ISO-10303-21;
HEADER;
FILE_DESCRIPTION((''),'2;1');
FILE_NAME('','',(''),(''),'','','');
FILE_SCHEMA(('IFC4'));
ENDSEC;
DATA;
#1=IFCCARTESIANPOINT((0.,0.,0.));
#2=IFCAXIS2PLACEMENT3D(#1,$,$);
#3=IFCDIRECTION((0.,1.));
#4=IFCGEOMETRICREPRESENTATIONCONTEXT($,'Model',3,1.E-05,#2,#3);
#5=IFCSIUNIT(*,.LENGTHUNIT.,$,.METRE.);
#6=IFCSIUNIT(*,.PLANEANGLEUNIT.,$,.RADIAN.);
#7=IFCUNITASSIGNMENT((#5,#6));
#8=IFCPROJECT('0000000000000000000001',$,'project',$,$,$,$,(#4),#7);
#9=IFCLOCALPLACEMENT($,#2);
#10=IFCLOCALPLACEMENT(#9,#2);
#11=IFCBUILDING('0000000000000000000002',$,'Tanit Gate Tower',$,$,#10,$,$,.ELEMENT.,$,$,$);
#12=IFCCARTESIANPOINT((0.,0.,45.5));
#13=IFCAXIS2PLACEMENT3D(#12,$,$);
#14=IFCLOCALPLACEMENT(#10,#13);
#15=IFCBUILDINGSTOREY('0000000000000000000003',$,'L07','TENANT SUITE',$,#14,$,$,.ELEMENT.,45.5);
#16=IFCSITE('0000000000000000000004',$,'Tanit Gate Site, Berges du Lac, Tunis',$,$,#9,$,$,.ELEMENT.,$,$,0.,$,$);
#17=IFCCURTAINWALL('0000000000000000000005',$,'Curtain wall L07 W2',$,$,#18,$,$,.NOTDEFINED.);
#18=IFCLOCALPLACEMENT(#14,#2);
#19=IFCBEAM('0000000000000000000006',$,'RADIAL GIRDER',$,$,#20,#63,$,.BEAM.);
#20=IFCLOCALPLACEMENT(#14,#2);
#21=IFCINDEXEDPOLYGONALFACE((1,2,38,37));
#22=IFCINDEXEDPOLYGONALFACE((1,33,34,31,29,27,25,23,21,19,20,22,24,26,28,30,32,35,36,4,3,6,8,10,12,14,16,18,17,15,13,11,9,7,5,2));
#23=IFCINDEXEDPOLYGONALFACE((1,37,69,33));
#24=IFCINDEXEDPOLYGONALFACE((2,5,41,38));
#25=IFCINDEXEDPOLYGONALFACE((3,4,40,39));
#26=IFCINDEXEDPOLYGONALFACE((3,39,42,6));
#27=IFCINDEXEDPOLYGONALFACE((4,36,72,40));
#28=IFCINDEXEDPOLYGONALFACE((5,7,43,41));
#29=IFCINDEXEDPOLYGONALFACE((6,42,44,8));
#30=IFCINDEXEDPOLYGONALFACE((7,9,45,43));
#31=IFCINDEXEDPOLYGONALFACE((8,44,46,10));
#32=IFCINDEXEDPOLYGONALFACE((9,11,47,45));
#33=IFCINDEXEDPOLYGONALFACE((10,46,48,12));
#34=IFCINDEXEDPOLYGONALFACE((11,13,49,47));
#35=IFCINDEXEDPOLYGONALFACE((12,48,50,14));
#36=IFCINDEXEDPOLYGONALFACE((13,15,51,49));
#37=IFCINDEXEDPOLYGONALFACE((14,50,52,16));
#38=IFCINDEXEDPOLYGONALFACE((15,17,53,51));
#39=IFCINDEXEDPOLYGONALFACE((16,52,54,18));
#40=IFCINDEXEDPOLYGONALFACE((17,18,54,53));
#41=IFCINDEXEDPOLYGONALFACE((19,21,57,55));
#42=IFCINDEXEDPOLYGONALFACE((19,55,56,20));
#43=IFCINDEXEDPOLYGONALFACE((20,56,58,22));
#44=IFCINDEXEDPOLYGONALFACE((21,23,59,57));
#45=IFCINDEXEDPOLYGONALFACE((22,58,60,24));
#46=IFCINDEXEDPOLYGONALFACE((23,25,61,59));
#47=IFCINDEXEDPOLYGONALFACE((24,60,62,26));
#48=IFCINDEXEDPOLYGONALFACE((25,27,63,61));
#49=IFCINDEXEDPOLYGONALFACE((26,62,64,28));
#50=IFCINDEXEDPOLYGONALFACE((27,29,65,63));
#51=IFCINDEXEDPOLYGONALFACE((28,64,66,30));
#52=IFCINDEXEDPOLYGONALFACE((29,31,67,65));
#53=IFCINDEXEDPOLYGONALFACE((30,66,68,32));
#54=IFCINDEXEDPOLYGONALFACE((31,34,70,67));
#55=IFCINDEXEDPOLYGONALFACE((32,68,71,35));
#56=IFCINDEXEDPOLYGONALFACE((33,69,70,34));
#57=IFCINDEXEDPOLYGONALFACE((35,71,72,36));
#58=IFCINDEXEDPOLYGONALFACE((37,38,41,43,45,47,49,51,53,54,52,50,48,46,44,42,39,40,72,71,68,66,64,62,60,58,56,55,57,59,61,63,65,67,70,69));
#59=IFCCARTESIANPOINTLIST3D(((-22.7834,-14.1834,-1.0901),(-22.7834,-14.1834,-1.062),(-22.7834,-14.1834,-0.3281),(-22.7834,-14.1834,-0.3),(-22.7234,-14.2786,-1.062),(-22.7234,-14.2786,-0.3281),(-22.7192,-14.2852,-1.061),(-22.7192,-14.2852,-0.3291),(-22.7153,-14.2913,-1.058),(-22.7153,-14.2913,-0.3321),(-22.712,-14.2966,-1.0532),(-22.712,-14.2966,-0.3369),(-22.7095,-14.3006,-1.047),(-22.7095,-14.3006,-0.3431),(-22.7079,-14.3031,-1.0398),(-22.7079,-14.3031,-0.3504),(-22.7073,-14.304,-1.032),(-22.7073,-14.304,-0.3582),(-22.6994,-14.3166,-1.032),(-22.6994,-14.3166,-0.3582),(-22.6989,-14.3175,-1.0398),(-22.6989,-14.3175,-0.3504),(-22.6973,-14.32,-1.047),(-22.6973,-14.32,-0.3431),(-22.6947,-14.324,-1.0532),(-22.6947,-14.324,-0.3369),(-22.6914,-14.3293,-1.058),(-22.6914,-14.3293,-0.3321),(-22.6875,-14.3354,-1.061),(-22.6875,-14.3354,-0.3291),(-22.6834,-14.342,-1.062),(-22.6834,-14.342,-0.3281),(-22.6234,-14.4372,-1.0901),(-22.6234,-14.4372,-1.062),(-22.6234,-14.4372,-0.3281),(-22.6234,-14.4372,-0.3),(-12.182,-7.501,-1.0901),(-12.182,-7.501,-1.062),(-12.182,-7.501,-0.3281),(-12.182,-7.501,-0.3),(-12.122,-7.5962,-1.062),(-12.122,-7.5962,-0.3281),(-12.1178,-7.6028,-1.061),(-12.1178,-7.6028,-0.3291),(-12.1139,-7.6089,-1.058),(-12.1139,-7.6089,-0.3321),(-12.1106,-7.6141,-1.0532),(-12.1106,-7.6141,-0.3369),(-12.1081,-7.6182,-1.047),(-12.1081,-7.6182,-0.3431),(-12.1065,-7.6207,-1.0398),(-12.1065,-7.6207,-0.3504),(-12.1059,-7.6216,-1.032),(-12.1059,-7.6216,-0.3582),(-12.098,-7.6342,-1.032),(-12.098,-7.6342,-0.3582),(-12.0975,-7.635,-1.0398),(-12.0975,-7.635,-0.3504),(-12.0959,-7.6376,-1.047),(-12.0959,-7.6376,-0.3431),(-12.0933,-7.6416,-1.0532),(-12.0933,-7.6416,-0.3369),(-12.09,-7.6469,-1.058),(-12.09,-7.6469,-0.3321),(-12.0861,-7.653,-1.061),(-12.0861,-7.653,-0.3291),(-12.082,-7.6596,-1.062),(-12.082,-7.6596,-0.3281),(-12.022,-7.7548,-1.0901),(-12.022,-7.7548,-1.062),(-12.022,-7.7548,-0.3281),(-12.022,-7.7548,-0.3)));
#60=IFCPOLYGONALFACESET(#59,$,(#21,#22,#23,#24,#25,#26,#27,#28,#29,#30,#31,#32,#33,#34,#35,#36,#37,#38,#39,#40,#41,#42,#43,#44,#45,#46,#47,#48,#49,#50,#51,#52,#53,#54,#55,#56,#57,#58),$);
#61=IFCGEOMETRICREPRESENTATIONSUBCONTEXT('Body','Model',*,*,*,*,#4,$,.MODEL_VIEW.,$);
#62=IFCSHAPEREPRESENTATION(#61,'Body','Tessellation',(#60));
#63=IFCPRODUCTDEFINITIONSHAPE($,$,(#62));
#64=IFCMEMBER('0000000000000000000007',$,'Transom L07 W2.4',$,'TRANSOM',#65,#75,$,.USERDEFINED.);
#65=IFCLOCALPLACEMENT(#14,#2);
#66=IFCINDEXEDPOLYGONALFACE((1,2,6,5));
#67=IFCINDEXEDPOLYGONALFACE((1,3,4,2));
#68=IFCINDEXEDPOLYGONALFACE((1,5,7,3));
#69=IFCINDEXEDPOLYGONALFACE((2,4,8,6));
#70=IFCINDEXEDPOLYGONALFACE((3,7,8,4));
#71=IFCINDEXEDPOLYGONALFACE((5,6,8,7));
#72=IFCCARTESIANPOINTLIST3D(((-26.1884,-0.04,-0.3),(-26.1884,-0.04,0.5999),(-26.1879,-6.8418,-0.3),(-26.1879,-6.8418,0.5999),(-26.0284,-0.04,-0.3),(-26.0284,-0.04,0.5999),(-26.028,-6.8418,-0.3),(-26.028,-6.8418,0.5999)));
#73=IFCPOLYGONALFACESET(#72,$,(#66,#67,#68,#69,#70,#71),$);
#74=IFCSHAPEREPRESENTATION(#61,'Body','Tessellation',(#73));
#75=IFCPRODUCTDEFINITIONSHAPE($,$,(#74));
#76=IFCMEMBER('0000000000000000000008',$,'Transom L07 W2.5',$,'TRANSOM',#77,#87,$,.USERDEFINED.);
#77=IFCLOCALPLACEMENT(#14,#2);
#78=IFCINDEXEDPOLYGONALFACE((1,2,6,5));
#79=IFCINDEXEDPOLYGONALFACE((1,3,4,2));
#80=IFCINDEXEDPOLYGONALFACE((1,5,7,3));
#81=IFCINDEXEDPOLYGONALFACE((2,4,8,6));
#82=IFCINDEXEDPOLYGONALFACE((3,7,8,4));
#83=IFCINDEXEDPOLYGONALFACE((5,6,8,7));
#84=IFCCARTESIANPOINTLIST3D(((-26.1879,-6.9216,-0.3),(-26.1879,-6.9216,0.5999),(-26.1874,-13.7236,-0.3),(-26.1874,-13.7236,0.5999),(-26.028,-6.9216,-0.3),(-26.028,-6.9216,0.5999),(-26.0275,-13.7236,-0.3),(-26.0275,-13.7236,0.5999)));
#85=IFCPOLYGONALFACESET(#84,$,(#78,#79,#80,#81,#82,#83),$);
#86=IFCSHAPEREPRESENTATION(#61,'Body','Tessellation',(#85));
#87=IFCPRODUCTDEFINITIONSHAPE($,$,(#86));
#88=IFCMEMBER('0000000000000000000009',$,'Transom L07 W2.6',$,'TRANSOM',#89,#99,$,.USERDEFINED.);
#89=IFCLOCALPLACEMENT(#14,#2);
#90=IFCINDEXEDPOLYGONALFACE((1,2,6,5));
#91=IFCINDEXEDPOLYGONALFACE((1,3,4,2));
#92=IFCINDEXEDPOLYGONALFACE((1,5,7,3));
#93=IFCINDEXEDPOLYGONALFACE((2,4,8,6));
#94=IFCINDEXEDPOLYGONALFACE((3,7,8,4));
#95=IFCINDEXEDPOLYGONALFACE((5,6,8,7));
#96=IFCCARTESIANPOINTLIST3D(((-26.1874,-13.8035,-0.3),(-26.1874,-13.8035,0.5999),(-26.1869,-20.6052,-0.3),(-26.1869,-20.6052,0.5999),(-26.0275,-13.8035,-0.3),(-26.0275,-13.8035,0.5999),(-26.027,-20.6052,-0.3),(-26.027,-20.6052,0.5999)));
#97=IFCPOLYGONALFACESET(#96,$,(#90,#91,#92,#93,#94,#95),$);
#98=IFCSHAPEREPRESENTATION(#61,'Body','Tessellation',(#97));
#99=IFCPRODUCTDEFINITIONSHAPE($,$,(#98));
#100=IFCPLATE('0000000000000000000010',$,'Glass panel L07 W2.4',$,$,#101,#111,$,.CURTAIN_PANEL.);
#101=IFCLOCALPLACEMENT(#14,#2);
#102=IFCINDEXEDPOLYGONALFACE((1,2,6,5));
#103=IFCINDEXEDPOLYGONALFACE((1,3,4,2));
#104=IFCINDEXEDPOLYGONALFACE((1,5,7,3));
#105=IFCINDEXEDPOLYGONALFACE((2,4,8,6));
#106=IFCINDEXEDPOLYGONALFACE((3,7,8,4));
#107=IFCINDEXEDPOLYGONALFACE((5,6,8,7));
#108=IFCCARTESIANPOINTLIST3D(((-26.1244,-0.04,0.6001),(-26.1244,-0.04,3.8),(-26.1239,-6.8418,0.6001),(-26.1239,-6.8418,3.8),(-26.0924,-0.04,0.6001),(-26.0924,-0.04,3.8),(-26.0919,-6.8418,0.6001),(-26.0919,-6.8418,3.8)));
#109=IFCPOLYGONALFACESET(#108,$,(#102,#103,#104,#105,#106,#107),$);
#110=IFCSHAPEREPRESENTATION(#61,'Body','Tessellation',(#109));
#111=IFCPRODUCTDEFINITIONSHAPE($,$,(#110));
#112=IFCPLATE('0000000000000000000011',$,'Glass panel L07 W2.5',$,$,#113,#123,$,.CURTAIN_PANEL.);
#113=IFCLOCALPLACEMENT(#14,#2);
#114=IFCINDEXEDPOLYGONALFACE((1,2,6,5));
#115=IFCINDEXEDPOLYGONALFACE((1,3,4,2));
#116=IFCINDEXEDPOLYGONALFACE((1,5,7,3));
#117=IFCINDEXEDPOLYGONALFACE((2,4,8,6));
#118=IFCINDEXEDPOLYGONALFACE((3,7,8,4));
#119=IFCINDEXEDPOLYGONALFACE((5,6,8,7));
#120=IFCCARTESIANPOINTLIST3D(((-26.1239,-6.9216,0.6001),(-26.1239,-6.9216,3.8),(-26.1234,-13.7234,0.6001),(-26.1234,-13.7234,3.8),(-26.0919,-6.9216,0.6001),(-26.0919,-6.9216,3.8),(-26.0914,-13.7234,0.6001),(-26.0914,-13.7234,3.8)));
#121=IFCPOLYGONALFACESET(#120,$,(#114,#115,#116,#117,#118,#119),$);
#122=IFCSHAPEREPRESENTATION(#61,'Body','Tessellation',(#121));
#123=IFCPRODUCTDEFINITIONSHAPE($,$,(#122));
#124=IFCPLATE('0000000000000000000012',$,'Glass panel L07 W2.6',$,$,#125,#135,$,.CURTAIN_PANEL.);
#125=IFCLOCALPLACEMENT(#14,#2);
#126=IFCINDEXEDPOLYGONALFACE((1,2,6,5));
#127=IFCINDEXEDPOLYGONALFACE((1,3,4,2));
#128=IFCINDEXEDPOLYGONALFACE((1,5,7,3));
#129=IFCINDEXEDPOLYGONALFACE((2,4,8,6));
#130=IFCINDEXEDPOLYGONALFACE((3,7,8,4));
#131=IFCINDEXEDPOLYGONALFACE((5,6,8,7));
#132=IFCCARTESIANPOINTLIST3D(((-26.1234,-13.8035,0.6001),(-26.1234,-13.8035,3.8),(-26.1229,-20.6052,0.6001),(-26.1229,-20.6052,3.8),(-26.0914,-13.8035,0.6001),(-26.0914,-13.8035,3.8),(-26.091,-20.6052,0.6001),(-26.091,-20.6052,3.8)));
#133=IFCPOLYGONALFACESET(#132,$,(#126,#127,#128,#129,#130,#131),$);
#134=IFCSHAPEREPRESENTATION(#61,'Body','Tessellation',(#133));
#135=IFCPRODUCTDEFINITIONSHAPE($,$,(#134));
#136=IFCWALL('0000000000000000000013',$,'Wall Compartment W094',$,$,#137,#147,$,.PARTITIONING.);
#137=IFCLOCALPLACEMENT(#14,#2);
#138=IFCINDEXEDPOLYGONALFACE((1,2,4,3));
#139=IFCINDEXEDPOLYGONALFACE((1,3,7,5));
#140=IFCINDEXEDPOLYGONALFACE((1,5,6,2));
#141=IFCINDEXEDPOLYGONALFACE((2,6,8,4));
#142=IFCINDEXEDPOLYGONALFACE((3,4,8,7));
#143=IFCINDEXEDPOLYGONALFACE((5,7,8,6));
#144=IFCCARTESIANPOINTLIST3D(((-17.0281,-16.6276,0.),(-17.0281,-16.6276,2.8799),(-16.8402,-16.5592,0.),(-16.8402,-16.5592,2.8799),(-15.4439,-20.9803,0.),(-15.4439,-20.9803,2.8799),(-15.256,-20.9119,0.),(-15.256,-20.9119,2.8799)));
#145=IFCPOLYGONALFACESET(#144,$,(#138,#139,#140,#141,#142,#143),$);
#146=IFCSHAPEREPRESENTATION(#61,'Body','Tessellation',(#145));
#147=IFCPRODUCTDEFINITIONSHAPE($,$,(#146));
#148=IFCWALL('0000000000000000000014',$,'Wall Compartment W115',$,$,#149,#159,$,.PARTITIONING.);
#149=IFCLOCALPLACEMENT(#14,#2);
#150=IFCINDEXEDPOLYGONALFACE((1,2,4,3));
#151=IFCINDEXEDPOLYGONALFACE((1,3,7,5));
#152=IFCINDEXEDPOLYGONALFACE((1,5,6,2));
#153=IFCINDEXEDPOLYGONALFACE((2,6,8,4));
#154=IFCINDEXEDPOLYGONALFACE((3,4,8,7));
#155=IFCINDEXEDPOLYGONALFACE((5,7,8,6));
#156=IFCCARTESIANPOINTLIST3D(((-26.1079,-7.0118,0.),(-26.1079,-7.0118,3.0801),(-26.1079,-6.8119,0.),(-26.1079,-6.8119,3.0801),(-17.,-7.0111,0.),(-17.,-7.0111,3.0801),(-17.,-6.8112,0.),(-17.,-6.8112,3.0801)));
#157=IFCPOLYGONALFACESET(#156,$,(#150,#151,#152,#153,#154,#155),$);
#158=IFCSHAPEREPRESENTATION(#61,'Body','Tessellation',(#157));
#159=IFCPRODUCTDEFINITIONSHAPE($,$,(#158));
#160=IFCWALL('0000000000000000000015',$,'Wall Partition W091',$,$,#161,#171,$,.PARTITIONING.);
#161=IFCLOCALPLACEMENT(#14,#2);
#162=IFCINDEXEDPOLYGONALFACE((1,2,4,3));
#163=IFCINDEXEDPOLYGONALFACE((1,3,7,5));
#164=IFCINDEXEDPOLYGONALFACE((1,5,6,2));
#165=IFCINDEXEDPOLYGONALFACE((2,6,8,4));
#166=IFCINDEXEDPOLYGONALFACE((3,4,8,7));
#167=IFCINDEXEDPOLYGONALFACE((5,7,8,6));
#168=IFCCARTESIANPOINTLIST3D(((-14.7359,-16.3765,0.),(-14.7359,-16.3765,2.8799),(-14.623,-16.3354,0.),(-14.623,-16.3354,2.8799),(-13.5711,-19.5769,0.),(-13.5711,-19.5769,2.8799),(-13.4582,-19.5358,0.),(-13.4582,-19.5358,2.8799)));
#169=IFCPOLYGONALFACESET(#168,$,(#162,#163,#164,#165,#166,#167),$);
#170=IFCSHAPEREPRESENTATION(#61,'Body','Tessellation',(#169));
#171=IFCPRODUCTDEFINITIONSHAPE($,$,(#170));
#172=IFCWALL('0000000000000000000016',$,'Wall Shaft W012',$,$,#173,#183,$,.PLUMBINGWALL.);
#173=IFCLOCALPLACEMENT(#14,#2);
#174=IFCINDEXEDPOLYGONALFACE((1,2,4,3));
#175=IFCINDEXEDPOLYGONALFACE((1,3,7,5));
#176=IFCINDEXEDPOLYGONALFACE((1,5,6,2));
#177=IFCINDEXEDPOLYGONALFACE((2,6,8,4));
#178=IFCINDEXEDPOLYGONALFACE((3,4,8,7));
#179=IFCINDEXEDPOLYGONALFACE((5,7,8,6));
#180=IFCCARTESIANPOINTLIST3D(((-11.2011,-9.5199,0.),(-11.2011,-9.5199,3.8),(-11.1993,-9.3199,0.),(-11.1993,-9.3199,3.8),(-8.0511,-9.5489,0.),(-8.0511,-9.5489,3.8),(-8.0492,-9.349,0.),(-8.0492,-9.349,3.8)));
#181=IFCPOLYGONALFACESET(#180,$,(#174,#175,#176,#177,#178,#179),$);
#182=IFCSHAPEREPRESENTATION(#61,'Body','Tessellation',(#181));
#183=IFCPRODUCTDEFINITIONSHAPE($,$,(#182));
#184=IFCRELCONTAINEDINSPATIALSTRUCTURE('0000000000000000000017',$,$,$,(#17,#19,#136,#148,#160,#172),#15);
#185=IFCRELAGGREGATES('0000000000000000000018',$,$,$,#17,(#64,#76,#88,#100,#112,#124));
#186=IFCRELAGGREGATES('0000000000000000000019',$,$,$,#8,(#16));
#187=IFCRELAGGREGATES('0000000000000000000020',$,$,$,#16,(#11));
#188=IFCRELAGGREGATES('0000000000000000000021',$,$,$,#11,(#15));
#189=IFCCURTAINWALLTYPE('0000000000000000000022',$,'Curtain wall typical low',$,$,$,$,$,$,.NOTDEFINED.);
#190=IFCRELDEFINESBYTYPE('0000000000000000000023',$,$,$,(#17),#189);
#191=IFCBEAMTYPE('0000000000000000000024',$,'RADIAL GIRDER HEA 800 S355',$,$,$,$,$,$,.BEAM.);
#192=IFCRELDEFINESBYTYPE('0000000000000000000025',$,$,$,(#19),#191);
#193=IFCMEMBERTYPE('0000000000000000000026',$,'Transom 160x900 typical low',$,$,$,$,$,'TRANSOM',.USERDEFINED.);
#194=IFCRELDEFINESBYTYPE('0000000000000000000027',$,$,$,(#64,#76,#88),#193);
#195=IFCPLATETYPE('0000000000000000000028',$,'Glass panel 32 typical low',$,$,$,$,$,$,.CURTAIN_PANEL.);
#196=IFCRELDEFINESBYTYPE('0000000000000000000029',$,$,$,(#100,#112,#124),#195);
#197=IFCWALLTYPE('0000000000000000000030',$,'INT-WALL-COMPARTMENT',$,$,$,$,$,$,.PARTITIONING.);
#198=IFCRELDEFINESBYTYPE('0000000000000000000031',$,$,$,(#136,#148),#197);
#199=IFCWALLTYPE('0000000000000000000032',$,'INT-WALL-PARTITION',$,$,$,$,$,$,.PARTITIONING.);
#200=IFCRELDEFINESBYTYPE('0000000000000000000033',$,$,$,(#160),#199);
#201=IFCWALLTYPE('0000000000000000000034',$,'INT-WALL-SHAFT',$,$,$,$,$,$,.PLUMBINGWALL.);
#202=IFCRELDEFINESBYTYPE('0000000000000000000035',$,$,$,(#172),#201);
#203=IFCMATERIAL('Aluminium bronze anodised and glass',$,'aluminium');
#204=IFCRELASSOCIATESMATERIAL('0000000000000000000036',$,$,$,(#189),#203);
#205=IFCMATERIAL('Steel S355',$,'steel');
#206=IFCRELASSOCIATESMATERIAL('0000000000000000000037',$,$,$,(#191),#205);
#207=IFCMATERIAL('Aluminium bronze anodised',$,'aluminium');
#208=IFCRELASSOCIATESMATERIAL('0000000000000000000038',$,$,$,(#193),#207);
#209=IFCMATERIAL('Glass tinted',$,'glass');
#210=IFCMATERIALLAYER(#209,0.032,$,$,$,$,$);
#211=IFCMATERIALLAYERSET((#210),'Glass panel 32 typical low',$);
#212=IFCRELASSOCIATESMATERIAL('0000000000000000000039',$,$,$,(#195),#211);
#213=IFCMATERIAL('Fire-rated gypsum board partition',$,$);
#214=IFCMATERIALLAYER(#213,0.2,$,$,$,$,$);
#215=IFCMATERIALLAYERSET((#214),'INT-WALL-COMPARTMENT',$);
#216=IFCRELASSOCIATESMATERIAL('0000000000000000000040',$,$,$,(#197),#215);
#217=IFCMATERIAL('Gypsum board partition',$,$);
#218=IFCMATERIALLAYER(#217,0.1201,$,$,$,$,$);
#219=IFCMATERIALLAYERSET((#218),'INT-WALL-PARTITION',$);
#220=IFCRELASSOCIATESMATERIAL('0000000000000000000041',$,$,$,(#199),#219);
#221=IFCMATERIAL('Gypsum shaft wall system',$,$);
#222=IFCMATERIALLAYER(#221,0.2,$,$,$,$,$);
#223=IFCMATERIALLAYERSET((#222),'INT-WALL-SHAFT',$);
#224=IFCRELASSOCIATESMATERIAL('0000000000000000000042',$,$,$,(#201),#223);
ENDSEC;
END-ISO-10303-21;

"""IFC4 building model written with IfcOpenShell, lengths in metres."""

from ifc_helpers import new_model, si_unit, direction, frame, frame_2d, origin, origin_2d, place, context, subcontext, project, spatial, rectangle, i_section, extrude, material, layer, layer_set, material_profile, profile_set, type_object, element, aggregate, save


model = new_model("IFC4")

# Units and contexts
model_context = context("Model", 3, precision=1e-05, world=origin(), true_north=direction((0.0, 1.0)))
body_context = subcontext(model_context, "Body", "Model", "MODEL_VIEW")
ifc_project = project(units=[si_unit("LENGTHUNIT", "METRE"), si_unit("PLANEANGLEUNIT", "RADIAN")], contexts=[model_context])

# Site, building, storey
site_placement = place(None, origin())
site = spatial("IfcSite", under=ifc_project, at=site_placement, Name="Tanit Gate Site, Berges du Lac, Tunis", CompositionType="ELEMENT", RefElevation=0.0)
building_placement = place(site_placement, origin())
building = spatial("IfcBuilding", under=site, at=building_placement, Name="Tanit Gate Tower", CompositionType="ELEMENT")
storey_placement = place(building_placement, frame((0.0, 0.0, 45.5)))
storey = spatial("IfcBuildingStorey", under=building, at=storey_placement, Name="L07", Description="TENANT SUITE", CompositionType="ELEMENT", Elevation=45.5)

# Curtain wall
ifc_material_1 = material(Name="Aluminium bronze anodised and glass", Category="aluminium")
curtain_wall_type = type_object("IfcCurtainWallType", Name="Curtain wall typical low", PredefinedType="NOTDEFINED", material=ifc_material_1)
curtain_wall_placement = place(storey_placement, origin())
curtain_wall = element("IfcCurtainWall", 1, at=curtain_wall_placement, inside=storey, type_object=curtain_wall_type, Name="Curtain wall L07 W2", PredefinedType="NOTDEFINED")

# Beam
ifc_material_2 = material(Name="Steel S355", Category="steel")
ifc_material_profile_1 = material_profile(ifc_material_2, i_section(OverallWidth=0.3, OverallDepth=0.79, WebThickness=0.0149, FlangeThickness=0.0281, FilletRadius=0.03, at=origin_2d()), Name="HEA 800")
ifc_profile_set_1 = profile_set([ifc_material_profile_1], Name="Steel S355")
beam_type_1 = type_object("IfcBeamType", Name="RADIAL GIRDER HEA 800 S355", PredefinedType="BEAM", material=ifc_profile_set_1)
beam_1_placement = place(storey_placement, frame((-22.7034, -14.3103, -0.6951), z_axis=(0.845964, 0.53324, 0.0), x_axis=(-0.53324, 0.845964, 0.0)))
element("IfcBeam", 2, at=beam_1_placement, inside=storey, type_object=beam_type_1, Name="RADIAL GIRDER", PredefinedType="BEAM", context=body_context, shape_type="SweptSolid", body=[
    extrude(i_section(OverallWidth=0.3, OverallDepth=0.79, WebThickness=0.0149, FlangeThickness=0.0281, FilletRadius=0.03, at=origin_2d()), origin(), (0.0, 0.0, 1.0), 12.5317),
])

# Members
ifc_material_3 = material(Name="Aluminium bronze anodised", Category="aluminium")
ifc_material_profile_2 = material_profile(ifc_material_3, rectangle(XDim=0.1599, YDim=0.8999, at=origin_2d()), Name="160x900 bronze transom")
ifc_profile_set_2 = profile_set([ifc_material_profile_2], Name="Aluminium bronze anodised")
member_type_1 = type_object("IfcMemberType", Name="Transom 160x900 typical low", ElementType="TRANSOM", PredefinedType="USERDEFINED", material=ifc_profile_set_2)
member_1_placement = place(storey_placement, frame((-26.1084, -0.04, 0.1499), z_axis=(0.000072, -1.0, 0.0), x_axis=(1.0, 0.000072, 0.0)))
member_1 = element("IfcMember", 3, at=member_1_placement, type_object=member_type_1, Name="Transom L07 W2.4", ObjectType="TRANSOM", PredefinedType="USERDEFINED", context=body_context, shape_type="SweptSolid", body=[
    extrude(rectangle(XDim=0.1599, YDim=0.8999, at=origin_2d()), origin(), (0.0, 0.0, 1.0), 6.8018),
])
member_2_placement = place(storey_placement, frame((-26.1079, -6.9216, 0.1499), z_axis=(0.000072, -1.0, 0.0), x_axis=(1.0, 0.000072, 0.0)))
member_2 = element("IfcMember", 4, at=member_2_placement, type_object=member_type_1, Name="Transom L07 W2.5", ObjectType="TRANSOM", PredefinedType="USERDEFINED", context=body_context, shape_type="SweptSolid", body=[
    extrude(rectangle(XDim=0.1599, YDim=0.8999, at=origin_2d()), origin(), (0.0, 0.0, 1.0), 6.802),
])
member_3_placement = place(storey_placement, frame((-26.1074, -13.8035, 0.1499), z_axis=(0.000072, -1.0, 0.0), x_axis=(1.0, 0.000072, 0.0)))
member_3 = element("IfcMember", 5, at=member_3_placement, type_object=member_type_1, Name="Transom L07 W2.6", ObjectType="TRANSOM", PredefinedType="USERDEFINED", context=body_context, shape_type="SweptSolid", body=[
    extrude(rectangle(XDim=0.1599, YDim=0.8999, at=origin_2d()), origin(), (0.0, 0.0, 1.0), 6.8018),
])

# Plates
ifc_material_4 = material(Name="Glass tinted", Category="glass")
ifc_layer_1 = layer(ifc_material_4, 0.032)
ifc_layer_set_1 = layer_set([ifc_layer_1], Name="Glass panel 32 typical low")
plate_type = type_object("IfcPlateType", Name="Glass panel 32 typical low", PredefinedType="CURTAIN_PANEL", material=ifc_layer_set_1)
plate_1_placement = place(storey_placement, frame((-26.1082, -3.4409, 0.6001), z_axis=(0.0, 0.0, 1.0), x_axis=(0.000069, -1.0, 0.0)))
plate_1 = element("IfcPlate", 6, at=plate_1_placement, type_object=plate_type, Name="Glass panel L07 W2.4", PredefinedType="CURTAIN_PANEL", context=body_context, shape_type="SweptSolid", body=[
    extrude(rectangle(XDim=6.8018, YDim=0.032, at=origin_2d()), origin(), (0.0, 0.0, 1.0), 3.2),
])
plate_2_placement = place(storey_placement, frame((-26.1077, -10.3225, 0.6001), z_axis=(0.0, 0.0, 1.0), x_axis=(0.000069, -1.0, 0.0)))
plate_2 = element("IfcPlate", 7, at=plate_2_placement, type_object=plate_type, Name="Glass panel L07 W2.5", PredefinedType="CURTAIN_PANEL", context=body_context, shape_type="SweptSolid", body=[
    extrude(rectangle(XDim=6.8018, YDim=0.032, at=origin_2d()), origin(), (0.0, 0.0, 1.0), 3.2),
])
plate_3_placement = place(storey_placement, frame((-26.1072, -17.2043, 0.6001), z_axis=(0.0, 0.0, 1.0), x_axis=(0.000069, -1.0, 0.0)))
plate_3 = element("IfcPlate", 8, at=plate_3_placement, type_object=plate_type, Name="Glass panel L07 W2.6", PredefinedType="CURTAIN_PANEL", context=body_context, shape_type="SweptSolid", body=[
    extrude(rectangle(XDim=6.8018, YDim=0.032, at=origin_2d()), origin(), (0.0, 0.0, 1.0), 3.2),
])
aggregate(curtain_wall, [member_1, member_2, member_3, plate_1, plate_2, plate_3])

# Walls
ifc_material_5 = material(Name="Fire-rated gypsum board partition")
ifc_layer_2 = layer(ifc_material_5, 0.2)
ifc_layer_set_2 = layer_set([ifc_layer_2], Name="INT-WALL-COMPARTMENT")
wall_type_1 = type_object("IfcWallType", Name="INT-WALL-COMPARTMENT", PredefinedType="PARTITIONING", material=ifc_layer_set_2)
wall_1_placement = place(storey_placement, frame((-16.9341, -16.5935, 0.0), z_axis=(0.0, 0.0, 1.0), x_axis=(0.34201, -0.939696, 0.0)))
element("IfcWall", 9, at=wall_1_placement, inside=storey, type_object=wall_type_1, Name="Wall Compartment W094", PredefinedType="PARTITIONING", context=body_context, shape_type="SweptSolid", body=[
    extrude(rectangle(XDim=4.6321, YDim=0.2, at=frame_2d((2.3159, 0.0))), origin(), (0.0, 0.0, 1.0), 2.8799),
])
wall_2_placement = place(storey_placement, frame((-17.0, -6.9111, 0.0), z_axis=(0.0, 0.0, 1.0), x_axis=(-1.0, -0.00008, 0.0)))
element("IfcWall", 10, at=wall_2_placement, inside=storey, type_object=wall_type_1, Name="Wall Compartment W115", PredefinedType="PARTITIONING", context=body_context, shape_type="SweptSolid", body=[
    extrude(rectangle(XDim=9.1079, YDim=0.2, at=frame_2d((4.554, 0.0))), origin(), (0.0, 0.0, 1.0), 3.0801),
])
ifc_material_6 = material(Name="Gypsum board partition")
ifc_layer_3 = layer(ifc_material_6, 0.1201)
ifc_layer_set_3 = layer_set([ifc_layer_3], Name="INT-WALL-PARTITION")
wall_type_2 = type_object("IfcWallType", Name="INT-WALL-PARTITION", PredefinedType="PARTITIONING", material=ifc_layer_set_3)
wall_3_placement = place(storey_placement, frame((-14.6794, -16.356, 0.0), z_axis=(0.0, 0.0, 1.0), x_axis=(0.342002, -0.939699, 0.0)))
element("IfcWall", 11, at=wall_3_placement, inside=storey, type_object=wall_type_2, Name="Wall Partition W091", PredefinedType="PARTITIONING", context=body_context, shape_type="SweptSolid", body=[
    extrude(rectangle(XDim=3.4058, YDim=0.1201, at=frame_2d((1.7029, 0.0))), origin(), (0.0, 0.0, 1.0), 2.8799),
])
ifc_material_7 = material(Name="Gypsum shaft wall system")
ifc_layer_4 = layer(ifc_material_7, 0.2)
ifc_layer_set_4 = layer_set([ifc_layer_4], Name="INT-WALL-SHAFT")
wall_type_3 = type_object("IfcWallType", Name="INT-WALL-SHAFT", PredefinedType="PLUMBINGWALL", material=ifc_layer_set_4)
wall_4_placement = place(storey_placement, frame((-8.05, -9.449, 0.0), z_axis=(0.0, 0.0, 1.0), x_axis=(-0.999957, 0.009223, 0.0)))
element("IfcWall", 12, at=wall_4_placement, inside=storey, type_object=wall_type_3, Name="Wall Shaft W012", PredefinedType="PLUMBINGWALL", context=body_context, shape_type="SweptSolid", body=[
    extrude(rectangle(XDim=3.1501, YDim=0.2, at=frame_2d((1.5752, 0.0))), origin(), (0.0, 0.0, 1.0), 3.8),
])

save(model, "model.ifc")
